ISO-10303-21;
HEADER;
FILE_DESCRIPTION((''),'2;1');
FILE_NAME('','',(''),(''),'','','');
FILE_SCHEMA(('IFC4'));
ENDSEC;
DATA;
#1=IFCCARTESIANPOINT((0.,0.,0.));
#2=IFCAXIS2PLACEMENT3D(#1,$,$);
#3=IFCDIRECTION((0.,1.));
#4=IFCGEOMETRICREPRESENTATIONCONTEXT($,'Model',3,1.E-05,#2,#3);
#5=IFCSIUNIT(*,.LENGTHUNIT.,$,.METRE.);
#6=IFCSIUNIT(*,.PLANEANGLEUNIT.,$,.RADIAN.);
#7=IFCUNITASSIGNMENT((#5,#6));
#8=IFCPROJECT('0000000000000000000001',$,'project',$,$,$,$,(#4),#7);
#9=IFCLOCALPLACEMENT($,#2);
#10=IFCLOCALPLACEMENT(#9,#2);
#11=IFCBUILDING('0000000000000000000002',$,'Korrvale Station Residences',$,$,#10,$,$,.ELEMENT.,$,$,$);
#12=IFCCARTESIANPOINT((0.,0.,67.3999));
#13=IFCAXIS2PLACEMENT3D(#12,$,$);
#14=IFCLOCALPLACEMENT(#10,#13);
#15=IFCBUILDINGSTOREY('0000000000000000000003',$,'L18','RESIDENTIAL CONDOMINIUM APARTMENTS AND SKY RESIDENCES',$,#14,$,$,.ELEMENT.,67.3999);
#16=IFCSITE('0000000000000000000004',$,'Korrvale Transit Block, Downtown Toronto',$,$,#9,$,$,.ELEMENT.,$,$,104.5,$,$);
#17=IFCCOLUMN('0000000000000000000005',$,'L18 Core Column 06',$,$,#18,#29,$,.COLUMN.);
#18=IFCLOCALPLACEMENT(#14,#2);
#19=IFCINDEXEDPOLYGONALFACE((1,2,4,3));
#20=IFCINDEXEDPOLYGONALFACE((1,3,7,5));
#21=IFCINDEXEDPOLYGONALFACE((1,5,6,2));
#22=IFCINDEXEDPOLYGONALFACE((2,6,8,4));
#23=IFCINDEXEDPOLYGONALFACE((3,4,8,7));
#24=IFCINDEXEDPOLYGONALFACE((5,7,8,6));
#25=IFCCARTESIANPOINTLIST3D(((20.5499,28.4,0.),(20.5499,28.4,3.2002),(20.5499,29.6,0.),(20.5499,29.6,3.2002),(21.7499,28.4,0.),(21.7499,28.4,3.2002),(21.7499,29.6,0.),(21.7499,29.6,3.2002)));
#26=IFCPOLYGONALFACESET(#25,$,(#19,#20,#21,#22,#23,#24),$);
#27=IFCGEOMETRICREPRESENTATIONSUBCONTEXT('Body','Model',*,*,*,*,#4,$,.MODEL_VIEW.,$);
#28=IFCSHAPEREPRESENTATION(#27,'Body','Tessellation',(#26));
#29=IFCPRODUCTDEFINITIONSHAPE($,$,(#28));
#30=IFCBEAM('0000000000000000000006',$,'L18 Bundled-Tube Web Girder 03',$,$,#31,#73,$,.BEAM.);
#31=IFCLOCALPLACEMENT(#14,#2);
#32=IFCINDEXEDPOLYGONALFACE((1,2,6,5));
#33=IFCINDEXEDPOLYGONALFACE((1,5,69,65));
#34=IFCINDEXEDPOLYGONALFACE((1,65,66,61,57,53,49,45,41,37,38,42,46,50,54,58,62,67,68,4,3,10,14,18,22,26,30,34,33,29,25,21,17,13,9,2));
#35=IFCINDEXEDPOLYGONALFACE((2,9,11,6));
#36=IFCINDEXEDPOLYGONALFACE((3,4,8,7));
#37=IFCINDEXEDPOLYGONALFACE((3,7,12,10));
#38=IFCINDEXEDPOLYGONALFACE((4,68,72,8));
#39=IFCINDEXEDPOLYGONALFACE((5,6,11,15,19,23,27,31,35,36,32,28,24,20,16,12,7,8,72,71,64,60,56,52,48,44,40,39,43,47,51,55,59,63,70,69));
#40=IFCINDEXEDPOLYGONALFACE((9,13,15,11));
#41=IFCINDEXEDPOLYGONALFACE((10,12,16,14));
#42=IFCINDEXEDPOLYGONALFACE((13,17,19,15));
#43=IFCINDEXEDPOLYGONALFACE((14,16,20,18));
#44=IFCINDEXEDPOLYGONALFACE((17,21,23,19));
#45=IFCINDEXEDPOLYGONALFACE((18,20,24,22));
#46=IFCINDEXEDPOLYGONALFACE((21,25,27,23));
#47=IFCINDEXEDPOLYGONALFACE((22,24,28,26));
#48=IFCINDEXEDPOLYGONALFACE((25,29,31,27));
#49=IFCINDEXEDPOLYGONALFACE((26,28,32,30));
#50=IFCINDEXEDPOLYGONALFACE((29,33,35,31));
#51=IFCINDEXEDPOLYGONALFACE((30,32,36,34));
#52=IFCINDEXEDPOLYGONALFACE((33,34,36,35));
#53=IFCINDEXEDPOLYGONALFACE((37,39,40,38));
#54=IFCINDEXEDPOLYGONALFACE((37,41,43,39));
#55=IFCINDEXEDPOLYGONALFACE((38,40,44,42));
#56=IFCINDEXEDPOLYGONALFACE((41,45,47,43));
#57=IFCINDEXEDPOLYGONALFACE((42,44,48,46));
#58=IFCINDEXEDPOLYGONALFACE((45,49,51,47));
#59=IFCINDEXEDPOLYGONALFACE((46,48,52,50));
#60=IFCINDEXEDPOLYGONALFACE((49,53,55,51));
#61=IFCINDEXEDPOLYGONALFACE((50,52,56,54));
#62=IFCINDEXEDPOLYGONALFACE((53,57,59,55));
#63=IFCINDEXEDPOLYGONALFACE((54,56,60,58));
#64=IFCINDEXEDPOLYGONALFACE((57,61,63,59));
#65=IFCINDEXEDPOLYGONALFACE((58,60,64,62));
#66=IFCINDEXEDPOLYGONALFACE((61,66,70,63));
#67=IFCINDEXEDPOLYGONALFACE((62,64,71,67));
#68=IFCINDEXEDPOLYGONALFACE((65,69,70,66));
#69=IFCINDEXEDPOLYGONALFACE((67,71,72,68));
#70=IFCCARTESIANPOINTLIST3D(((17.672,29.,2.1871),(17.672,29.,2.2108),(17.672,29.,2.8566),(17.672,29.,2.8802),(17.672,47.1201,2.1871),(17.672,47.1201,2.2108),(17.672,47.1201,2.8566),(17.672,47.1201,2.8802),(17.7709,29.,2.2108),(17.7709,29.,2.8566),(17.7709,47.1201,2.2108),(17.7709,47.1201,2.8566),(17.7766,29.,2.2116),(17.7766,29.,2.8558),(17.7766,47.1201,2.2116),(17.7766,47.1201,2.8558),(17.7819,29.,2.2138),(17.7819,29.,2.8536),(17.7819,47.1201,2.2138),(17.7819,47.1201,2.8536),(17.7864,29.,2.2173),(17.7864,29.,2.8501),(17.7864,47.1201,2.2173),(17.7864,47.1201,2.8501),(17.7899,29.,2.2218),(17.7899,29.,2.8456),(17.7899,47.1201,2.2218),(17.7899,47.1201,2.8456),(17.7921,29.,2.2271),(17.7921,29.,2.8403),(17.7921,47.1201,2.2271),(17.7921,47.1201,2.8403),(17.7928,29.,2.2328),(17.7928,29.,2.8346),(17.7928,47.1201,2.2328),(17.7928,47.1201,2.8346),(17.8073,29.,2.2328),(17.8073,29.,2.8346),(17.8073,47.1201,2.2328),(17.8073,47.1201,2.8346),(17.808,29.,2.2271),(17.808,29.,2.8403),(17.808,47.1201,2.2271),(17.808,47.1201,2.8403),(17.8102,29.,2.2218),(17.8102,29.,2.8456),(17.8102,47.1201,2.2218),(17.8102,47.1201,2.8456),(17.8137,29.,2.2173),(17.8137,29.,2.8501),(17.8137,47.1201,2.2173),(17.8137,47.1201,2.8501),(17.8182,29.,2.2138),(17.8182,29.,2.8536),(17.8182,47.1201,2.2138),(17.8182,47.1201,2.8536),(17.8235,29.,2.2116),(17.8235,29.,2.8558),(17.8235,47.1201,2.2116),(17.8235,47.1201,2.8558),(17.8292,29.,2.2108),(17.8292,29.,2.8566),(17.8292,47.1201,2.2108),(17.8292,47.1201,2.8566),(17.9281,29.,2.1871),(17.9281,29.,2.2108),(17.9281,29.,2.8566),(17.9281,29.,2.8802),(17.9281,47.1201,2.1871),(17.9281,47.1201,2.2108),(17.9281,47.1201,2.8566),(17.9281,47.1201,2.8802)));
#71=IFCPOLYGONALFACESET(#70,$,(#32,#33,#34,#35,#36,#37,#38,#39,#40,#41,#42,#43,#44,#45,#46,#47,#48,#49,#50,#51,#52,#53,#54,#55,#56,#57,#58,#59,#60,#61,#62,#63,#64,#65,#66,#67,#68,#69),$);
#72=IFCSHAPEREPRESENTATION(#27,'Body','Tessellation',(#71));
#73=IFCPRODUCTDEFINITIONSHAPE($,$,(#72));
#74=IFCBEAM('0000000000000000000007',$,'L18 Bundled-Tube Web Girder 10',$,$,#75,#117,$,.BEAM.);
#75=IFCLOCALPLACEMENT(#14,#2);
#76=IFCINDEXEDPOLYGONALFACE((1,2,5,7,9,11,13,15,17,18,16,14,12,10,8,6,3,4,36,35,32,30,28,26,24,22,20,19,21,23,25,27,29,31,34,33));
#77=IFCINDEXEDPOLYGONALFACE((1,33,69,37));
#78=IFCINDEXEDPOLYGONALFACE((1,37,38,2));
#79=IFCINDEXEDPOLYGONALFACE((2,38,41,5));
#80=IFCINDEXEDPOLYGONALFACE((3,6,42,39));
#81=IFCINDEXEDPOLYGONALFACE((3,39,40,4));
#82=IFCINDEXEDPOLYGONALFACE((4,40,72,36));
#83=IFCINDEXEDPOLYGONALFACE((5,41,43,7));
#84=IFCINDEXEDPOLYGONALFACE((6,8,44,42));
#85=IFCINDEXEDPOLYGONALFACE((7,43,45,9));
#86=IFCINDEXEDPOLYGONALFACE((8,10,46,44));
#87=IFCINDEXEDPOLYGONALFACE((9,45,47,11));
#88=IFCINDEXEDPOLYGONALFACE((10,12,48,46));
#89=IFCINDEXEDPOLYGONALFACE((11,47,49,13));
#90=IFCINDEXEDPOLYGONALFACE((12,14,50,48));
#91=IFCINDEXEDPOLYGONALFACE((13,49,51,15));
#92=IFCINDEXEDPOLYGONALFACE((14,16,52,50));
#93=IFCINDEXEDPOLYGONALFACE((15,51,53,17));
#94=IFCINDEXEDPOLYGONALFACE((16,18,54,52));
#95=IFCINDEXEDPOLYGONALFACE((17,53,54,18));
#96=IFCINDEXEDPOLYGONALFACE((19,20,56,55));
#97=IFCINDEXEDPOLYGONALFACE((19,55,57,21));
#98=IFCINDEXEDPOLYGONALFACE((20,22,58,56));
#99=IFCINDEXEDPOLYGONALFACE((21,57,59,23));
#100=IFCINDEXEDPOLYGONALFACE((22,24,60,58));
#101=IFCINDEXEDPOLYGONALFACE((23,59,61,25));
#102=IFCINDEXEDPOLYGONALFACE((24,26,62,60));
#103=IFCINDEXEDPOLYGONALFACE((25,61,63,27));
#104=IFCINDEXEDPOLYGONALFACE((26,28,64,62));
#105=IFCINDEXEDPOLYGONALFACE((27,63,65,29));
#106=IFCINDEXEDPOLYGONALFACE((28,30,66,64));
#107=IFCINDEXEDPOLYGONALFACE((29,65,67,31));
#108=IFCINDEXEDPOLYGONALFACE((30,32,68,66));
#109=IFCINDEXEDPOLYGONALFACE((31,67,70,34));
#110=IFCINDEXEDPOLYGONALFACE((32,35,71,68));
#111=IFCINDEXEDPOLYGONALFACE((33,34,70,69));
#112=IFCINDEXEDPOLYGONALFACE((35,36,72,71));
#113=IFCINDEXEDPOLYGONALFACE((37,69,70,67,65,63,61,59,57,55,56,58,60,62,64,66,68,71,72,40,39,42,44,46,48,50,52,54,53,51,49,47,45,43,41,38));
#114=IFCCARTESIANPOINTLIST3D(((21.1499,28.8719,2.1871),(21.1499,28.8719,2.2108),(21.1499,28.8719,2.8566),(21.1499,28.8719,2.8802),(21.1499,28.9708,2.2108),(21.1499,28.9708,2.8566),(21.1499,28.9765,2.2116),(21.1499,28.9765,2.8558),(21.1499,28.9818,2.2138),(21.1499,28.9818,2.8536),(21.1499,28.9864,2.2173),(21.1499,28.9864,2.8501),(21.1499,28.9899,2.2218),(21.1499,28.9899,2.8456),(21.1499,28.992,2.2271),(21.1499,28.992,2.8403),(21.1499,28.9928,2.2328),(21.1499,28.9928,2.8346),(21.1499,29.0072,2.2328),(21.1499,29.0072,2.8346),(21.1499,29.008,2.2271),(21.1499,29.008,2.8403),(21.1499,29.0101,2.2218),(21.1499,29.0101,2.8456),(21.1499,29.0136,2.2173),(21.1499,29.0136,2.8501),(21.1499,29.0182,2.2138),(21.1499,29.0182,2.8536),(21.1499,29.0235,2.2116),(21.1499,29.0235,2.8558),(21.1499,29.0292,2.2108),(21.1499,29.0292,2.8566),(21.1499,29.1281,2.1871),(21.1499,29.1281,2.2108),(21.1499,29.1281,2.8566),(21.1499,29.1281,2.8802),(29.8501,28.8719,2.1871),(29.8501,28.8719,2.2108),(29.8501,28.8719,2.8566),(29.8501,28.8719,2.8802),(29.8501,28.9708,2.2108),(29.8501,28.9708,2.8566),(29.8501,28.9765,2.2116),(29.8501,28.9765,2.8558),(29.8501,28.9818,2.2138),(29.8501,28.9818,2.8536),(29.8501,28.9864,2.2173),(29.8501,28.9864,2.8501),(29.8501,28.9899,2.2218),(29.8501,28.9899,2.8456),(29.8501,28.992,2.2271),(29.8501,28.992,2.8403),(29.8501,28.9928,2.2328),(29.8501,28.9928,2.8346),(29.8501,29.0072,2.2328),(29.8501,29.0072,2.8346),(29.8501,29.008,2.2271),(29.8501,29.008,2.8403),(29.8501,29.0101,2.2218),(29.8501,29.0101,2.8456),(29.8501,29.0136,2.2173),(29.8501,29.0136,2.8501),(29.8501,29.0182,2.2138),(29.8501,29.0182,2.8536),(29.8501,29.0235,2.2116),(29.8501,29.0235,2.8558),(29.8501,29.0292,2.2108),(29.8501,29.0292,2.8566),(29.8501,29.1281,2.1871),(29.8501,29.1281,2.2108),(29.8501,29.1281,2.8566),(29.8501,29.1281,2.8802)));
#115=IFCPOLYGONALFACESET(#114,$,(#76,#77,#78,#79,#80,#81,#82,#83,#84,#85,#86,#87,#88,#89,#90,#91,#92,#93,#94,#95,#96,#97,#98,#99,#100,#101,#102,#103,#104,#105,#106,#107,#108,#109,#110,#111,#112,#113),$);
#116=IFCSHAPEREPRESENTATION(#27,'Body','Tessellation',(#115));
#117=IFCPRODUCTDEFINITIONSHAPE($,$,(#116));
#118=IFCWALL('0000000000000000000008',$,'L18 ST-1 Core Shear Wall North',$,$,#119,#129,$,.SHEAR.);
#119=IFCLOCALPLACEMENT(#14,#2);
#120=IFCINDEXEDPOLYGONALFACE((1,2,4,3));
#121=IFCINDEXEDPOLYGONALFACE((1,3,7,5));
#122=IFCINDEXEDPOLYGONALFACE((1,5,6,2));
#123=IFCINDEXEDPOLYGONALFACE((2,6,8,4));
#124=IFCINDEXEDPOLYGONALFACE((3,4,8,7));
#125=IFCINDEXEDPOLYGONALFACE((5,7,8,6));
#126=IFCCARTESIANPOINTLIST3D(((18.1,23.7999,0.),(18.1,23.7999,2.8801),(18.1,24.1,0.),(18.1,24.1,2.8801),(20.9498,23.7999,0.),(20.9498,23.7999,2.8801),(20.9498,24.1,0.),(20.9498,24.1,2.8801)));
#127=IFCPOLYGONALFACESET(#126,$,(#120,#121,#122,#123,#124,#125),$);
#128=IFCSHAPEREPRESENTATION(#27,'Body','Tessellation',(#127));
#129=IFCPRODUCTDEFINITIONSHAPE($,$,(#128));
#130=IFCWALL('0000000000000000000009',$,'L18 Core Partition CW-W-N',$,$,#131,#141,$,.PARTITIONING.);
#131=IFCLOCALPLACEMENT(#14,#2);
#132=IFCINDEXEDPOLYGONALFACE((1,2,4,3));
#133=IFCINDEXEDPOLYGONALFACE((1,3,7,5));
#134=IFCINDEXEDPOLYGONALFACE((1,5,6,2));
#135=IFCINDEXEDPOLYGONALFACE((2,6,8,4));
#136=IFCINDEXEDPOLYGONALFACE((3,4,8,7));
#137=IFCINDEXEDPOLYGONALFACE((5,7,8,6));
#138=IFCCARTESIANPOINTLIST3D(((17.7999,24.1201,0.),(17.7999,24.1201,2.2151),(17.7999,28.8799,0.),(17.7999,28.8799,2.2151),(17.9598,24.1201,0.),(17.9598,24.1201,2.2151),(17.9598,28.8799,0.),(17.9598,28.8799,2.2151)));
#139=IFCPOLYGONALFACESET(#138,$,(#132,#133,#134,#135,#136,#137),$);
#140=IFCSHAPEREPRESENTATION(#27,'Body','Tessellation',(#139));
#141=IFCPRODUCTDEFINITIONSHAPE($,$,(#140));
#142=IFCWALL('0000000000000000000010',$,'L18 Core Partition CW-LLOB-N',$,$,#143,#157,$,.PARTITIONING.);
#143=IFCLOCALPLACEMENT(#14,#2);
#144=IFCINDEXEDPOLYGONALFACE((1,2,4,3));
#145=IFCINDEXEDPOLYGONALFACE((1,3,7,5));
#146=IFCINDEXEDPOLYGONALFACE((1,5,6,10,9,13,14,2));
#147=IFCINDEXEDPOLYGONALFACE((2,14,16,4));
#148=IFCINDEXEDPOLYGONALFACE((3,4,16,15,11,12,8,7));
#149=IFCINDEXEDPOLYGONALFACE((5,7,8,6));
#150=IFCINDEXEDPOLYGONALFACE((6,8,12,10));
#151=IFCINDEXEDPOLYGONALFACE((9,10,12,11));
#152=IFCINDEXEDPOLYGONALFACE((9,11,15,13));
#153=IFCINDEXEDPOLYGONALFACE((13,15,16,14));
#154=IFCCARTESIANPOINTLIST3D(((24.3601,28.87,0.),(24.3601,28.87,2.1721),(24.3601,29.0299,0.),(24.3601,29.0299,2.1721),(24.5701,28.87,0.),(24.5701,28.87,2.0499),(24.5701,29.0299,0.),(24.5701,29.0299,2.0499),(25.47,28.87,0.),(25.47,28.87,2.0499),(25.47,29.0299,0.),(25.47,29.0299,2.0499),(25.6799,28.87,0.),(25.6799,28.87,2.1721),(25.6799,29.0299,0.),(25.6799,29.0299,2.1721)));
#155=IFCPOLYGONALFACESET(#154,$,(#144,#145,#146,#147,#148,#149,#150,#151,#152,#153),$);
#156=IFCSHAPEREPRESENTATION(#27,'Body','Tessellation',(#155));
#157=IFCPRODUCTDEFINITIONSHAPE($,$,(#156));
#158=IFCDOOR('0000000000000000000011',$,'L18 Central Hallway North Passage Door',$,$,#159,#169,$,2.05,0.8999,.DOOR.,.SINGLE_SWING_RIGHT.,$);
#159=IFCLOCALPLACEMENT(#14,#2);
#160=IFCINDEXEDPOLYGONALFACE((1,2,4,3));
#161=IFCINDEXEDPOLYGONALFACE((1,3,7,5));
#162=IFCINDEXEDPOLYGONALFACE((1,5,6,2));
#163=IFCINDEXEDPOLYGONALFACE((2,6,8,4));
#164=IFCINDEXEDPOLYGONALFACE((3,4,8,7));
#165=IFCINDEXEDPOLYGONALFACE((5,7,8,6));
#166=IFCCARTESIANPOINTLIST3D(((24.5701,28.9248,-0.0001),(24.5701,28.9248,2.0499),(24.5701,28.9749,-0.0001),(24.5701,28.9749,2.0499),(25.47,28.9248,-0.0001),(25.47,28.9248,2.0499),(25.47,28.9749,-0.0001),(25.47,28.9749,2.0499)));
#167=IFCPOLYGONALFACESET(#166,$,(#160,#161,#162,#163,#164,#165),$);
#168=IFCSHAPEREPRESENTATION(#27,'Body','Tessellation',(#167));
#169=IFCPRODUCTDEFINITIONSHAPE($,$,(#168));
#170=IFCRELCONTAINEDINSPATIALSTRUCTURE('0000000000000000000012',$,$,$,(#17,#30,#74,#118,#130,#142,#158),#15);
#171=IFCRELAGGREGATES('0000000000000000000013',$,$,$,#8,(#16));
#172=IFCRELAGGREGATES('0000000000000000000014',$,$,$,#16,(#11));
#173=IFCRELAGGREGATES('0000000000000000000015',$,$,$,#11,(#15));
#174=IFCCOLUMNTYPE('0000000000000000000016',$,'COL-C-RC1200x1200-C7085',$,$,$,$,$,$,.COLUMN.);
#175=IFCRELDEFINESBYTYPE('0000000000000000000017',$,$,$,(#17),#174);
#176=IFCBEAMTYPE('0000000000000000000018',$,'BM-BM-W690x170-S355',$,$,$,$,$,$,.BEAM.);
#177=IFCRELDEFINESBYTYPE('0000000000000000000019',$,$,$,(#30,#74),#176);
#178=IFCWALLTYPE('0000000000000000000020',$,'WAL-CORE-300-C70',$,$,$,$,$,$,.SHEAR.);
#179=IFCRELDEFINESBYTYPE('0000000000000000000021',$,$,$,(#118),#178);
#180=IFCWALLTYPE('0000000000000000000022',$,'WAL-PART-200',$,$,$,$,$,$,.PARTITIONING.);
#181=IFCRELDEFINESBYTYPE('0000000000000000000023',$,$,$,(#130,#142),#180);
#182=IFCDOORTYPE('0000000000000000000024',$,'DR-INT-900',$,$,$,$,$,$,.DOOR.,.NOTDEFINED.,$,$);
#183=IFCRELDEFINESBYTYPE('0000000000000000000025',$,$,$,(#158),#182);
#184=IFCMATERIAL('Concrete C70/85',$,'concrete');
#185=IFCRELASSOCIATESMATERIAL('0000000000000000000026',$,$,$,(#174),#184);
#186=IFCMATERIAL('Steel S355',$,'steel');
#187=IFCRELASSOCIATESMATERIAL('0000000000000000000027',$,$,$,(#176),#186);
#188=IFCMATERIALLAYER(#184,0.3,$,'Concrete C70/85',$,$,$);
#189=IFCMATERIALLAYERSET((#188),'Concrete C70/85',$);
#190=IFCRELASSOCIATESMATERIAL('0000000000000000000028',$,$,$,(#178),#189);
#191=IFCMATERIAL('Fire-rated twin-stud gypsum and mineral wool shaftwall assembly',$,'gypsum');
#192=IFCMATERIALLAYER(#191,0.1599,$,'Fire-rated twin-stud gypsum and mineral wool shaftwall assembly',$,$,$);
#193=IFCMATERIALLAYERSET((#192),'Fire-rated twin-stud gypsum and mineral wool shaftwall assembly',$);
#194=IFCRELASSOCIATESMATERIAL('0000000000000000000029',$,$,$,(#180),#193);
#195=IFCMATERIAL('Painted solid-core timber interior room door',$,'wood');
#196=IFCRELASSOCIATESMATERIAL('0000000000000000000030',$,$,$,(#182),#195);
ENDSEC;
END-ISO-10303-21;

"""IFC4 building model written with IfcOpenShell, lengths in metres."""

from ifc_helpers import new_model, si_unit, direction, frame, frame_2d, origin, origin_2d, place, context, subcontext, project, spatial, rectangle, i_section, extrude, material, layer, layer_set, material_profile, profile_set, type_object, element, fill, save


model = new_model("IFC4")

# Units and contexts
model_context = context("Model", 3, precision=1e-05, world=origin(), true_north=direction((0.0, 1.0)))
body_context = subcontext(model_context, "Body", "Model", "MODEL_VIEW")
ifc_project = project(units=[si_unit("LENGTHUNIT", "METRE"), si_unit("PLANEANGLEUNIT", "RADIAN")], contexts=[model_context])

# Site, building, storey
site_placement = place(None, origin())
site = spatial("IfcSite", under=ifc_project, at=site_placement, Name="Korrvale Transit Block, Downtown Toronto", CompositionType="ELEMENT", RefElevation=104.5)
building_placement = place(site_placement, origin())
building = spatial("IfcBuilding", under=site, at=building_placement, Name="Korrvale Station Residences", CompositionType="ELEMENT")
storey_placement = place(building_placement, frame((0.0, 0.0, 67.3999)))
storey = spatial("IfcBuildingStorey", under=building, at=storey_placement, Name="L18", Description="RESIDENTIAL CONDOMINIUM APARTMENTS AND SKY RESIDENCES", CompositionType="ELEMENT", Elevation=67.3999)

# Column
ifc_material_1 = material(Name="Concrete C70/85", Category="concrete")
ifc_material_profile_1 = material_profile(ifc_material_1, rectangle(XDim=1.2, YDim=1.2, at=origin_2d()), Name="RC1200x1200")
ifc_profile_set_1 = profile_set([ifc_material_profile_1], Name="Concrete C70/85")
column_type = type_object("IfcColumnType", Name="COL-C-RC1200x1200-C7085", PredefinedType="COLUMN", material=ifc_profile_set_1)
column_placement = place(storey_placement, frame((21.1499, 29.0, 0.0), z_axis=(0.0, 0.0, 1.0), x_axis=(1.0, 0.0, 0.0)))
element("IfcColumn", 1, at=column_placement, inside=storey, type_object=column_type, Name="L18 Core Column 06", PredefinedType="COLUMN", context=body_context, shape_type="SweptSolid", body=[
    extrude(rectangle(XDim=1.2, YDim=1.2, at=origin_2d()), origin(), (0.0, 0.0, 1.0), 3.2002),
])

# Beams
ifc_material_2 = material(Name="Steel S355", Category="steel")
ifc_material_profile_2 = material_profile(ifc_material_2, i_section(OverallWidth=0.2561, OverallDepth=0.6931, WebThickness=0.0144, FlangeThickness=0.0237, FilletRadius=0.022, at=origin_2d()), Name="W690x170")
ifc_profile_set_2 = profile_set([ifc_material_profile_2], Name="Steel S355")
beam_type = type_object("IfcBeamType", Name="BM-BM-W690x170-S355", PredefinedType="BEAM", material=ifc_profile_set_2)
beam_1_placement = place(storey_placement, frame((17.8, 29.0, 2.5337), z_axis=(0.0, 1.0, 0.0), x_axis=(-1.0, 0.0, 0.0)))
element("IfcBeam", 2, at=beam_1_placement, inside=storey, type_object=beam_type, Name="L18 Bundled-Tube Web Girder 03", PredefinedType="BEAM", context=body_context, shape_type="SweptSolid", body=[
    extrude(i_section(OverallWidth=0.2561, OverallDepth=0.6931, WebThickness=0.0144, FlangeThickness=0.0237, FilletRadius=0.022, at=origin_2d()), origin(), (0.0, 0.0, 1.0), 18.1201),
])
beam_2_placement = place(storey_placement, frame((21.1499, 29.0, 2.5337), z_axis=(1.0, 0.0, 0.0), x_axis=(0.0, 1.0, 0.0)))
element("IfcBeam", 3, at=beam_2_placement, inside=storey, type_object=beam_type, Name="L18 Bundled-Tube Web Girder 10", PredefinedType="BEAM", context=body_context, shape_type="SweptSolid", body=[
    extrude(i_section(OverallWidth=0.2561, OverallDepth=0.6931, WebThickness=0.0144, FlangeThickness=0.0237, FilletRadius=0.022, at=origin_2d()), origin(), (0.0, 0.0, 1.0), 8.7002),
])

# Walls
ifc_layer_1 = layer(ifc_material_1, 0.3, Name="Concrete C70/85")
ifc_layer_set_1 = layer_set([ifc_layer_1], Name="Concrete C70/85")
wall_type_1 = type_object("IfcWallType", Name="WAL-CORE-300-C70", PredefinedType="SHEAR", material=ifc_layer_set_1)
wall_1_placement = place(storey_placement, frame((18.1001, 23.95, 0.0), z_axis=(0.0, 0.0, 1.0), x_axis=(1.0, 0.0, 0.0)))
element("IfcWall", 4, at=wall_1_placement, inside=storey, type_object=wall_type_1, Name="L18 ST-1 Core Shear Wall North", PredefinedType="SHEAR", context=body_context, shape_type="SweptSolid", body=[
    extrude(rectangle(XDim=2.8499, YDim=0.3, at=frame_2d((1.4248, 0.0))), origin(), (0.0, 0.0, 1.0), 2.8801),
])
ifc_material_3 = material(Name="Fire-rated twin-stud gypsum and mineral wool shaftwall assembly", Category="gypsum")
ifc_layer_2 = layer(ifc_material_3, 0.1599, Name="Fire-rated twin-stud gypsum and mineral wool shaftwall assembly")
ifc_layer_set_2 = layer_set([ifc_layer_2], Name="Fire-rated twin-stud gypsum and mineral wool shaftwall assembly")
wall_type_2 = type_object("IfcWallType", Name="WAL-PART-200", PredefinedType="PARTITIONING", material=ifc_layer_set_2)
wall_2_placement = place(storey_placement, frame((17.8799, 24.1201, 0.0), z_axis=(0.0, 0.0, 1.0), x_axis=(0.0, 1.0, 0.0)))
element("IfcWall", 5, at=wall_2_placement, inside=storey, type_object=wall_type_2, Name="L18 Core Partition CW-W-N", PredefinedType="PARTITIONING", context=body_context, shape_type="SweptSolid", body=[
    extrude(rectangle(XDim=4.7598, YDim=0.1599, at=frame_2d((2.3799, 0.0))), origin(), (0.0, 0.0, 1.0), 2.2151),
])

# Wall, opening, door
wall_3_placement = place(storey_placement, frame((24.3601, 28.95, 0.0), z_axis=(0.0, 0.0, 1.0), x_axis=(1.0, 0.0, 0.0)))
wall_3 = element("IfcWall", 6, at=wall_3_placement, inside=storey, type_object=wall_type_2, Name="L18 Core Partition CW-LLOB-N", PredefinedType="PARTITIONING", context=body_context, shape_type="SweptSolid", body=[
    extrude(rectangle(XDim=1.3198, YDim=0.1599, at=frame_2d((0.6599, 0.0))), origin(), (0.0, 0.0, 1.0), 2.1721),
])
opening_1_placement = place(wall_3_placement, frame((0.21, 0.0, 0.0)))
opening_1 = element("IfcOpeningElement", 7, at=opening_1_placement, cuts=wall_3, PredefinedType="OPENING", context=body_context, shape_type="SweptSolid", body=[
    extrude(rectangle(XDim=0.8999, YDim=2.05, at=frame_2d((0.45, 1.0249))), frame((0.0, 0.0898, 0.0), z_axis=(0.0, -1.0, 0.0), x_axis=(1.0, 0.0, 0.0)), (0.0, 0.0, 1.0), 0.1799),
])
ifc_material_4 = material(Name="Painted solid-core timber interior room door", Category="wood")
door_type_1 = type_object("IfcDoorType", Name="DR-INT-900", OperationType="NOTDEFINED", PredefinedType="DOOR", material=ifc_material_4)
door_1_placement = place(opening_1_placement, origin())
door_1 = element("IfcDoor", 8, at=door_1_placement, inside=storey, type_object=door_type_1, Name="L18 Central Hallway North Passage Door", OperationType="SINGLE_SWING_RIGHT", OverallHeight=2.05, OverallWidth=0.8999, PredefinedType="DOOR", context=body_context, shape_type="SweptSolid", body=[
    extrude(rectangle(XDim=0.8999, YDim=2.05, at=frame_2d((0.45, 1.0249))), frame((0.0, 0.0249, 0.0), z_axis=(0.0, -1.0, 0.0), x_axis=(1.0, 0.0, 0.0)), (0.0, 0.0, 1.0), 0.05),
])
fill(opening_1, door_1)

save(model, "model.ifc")
